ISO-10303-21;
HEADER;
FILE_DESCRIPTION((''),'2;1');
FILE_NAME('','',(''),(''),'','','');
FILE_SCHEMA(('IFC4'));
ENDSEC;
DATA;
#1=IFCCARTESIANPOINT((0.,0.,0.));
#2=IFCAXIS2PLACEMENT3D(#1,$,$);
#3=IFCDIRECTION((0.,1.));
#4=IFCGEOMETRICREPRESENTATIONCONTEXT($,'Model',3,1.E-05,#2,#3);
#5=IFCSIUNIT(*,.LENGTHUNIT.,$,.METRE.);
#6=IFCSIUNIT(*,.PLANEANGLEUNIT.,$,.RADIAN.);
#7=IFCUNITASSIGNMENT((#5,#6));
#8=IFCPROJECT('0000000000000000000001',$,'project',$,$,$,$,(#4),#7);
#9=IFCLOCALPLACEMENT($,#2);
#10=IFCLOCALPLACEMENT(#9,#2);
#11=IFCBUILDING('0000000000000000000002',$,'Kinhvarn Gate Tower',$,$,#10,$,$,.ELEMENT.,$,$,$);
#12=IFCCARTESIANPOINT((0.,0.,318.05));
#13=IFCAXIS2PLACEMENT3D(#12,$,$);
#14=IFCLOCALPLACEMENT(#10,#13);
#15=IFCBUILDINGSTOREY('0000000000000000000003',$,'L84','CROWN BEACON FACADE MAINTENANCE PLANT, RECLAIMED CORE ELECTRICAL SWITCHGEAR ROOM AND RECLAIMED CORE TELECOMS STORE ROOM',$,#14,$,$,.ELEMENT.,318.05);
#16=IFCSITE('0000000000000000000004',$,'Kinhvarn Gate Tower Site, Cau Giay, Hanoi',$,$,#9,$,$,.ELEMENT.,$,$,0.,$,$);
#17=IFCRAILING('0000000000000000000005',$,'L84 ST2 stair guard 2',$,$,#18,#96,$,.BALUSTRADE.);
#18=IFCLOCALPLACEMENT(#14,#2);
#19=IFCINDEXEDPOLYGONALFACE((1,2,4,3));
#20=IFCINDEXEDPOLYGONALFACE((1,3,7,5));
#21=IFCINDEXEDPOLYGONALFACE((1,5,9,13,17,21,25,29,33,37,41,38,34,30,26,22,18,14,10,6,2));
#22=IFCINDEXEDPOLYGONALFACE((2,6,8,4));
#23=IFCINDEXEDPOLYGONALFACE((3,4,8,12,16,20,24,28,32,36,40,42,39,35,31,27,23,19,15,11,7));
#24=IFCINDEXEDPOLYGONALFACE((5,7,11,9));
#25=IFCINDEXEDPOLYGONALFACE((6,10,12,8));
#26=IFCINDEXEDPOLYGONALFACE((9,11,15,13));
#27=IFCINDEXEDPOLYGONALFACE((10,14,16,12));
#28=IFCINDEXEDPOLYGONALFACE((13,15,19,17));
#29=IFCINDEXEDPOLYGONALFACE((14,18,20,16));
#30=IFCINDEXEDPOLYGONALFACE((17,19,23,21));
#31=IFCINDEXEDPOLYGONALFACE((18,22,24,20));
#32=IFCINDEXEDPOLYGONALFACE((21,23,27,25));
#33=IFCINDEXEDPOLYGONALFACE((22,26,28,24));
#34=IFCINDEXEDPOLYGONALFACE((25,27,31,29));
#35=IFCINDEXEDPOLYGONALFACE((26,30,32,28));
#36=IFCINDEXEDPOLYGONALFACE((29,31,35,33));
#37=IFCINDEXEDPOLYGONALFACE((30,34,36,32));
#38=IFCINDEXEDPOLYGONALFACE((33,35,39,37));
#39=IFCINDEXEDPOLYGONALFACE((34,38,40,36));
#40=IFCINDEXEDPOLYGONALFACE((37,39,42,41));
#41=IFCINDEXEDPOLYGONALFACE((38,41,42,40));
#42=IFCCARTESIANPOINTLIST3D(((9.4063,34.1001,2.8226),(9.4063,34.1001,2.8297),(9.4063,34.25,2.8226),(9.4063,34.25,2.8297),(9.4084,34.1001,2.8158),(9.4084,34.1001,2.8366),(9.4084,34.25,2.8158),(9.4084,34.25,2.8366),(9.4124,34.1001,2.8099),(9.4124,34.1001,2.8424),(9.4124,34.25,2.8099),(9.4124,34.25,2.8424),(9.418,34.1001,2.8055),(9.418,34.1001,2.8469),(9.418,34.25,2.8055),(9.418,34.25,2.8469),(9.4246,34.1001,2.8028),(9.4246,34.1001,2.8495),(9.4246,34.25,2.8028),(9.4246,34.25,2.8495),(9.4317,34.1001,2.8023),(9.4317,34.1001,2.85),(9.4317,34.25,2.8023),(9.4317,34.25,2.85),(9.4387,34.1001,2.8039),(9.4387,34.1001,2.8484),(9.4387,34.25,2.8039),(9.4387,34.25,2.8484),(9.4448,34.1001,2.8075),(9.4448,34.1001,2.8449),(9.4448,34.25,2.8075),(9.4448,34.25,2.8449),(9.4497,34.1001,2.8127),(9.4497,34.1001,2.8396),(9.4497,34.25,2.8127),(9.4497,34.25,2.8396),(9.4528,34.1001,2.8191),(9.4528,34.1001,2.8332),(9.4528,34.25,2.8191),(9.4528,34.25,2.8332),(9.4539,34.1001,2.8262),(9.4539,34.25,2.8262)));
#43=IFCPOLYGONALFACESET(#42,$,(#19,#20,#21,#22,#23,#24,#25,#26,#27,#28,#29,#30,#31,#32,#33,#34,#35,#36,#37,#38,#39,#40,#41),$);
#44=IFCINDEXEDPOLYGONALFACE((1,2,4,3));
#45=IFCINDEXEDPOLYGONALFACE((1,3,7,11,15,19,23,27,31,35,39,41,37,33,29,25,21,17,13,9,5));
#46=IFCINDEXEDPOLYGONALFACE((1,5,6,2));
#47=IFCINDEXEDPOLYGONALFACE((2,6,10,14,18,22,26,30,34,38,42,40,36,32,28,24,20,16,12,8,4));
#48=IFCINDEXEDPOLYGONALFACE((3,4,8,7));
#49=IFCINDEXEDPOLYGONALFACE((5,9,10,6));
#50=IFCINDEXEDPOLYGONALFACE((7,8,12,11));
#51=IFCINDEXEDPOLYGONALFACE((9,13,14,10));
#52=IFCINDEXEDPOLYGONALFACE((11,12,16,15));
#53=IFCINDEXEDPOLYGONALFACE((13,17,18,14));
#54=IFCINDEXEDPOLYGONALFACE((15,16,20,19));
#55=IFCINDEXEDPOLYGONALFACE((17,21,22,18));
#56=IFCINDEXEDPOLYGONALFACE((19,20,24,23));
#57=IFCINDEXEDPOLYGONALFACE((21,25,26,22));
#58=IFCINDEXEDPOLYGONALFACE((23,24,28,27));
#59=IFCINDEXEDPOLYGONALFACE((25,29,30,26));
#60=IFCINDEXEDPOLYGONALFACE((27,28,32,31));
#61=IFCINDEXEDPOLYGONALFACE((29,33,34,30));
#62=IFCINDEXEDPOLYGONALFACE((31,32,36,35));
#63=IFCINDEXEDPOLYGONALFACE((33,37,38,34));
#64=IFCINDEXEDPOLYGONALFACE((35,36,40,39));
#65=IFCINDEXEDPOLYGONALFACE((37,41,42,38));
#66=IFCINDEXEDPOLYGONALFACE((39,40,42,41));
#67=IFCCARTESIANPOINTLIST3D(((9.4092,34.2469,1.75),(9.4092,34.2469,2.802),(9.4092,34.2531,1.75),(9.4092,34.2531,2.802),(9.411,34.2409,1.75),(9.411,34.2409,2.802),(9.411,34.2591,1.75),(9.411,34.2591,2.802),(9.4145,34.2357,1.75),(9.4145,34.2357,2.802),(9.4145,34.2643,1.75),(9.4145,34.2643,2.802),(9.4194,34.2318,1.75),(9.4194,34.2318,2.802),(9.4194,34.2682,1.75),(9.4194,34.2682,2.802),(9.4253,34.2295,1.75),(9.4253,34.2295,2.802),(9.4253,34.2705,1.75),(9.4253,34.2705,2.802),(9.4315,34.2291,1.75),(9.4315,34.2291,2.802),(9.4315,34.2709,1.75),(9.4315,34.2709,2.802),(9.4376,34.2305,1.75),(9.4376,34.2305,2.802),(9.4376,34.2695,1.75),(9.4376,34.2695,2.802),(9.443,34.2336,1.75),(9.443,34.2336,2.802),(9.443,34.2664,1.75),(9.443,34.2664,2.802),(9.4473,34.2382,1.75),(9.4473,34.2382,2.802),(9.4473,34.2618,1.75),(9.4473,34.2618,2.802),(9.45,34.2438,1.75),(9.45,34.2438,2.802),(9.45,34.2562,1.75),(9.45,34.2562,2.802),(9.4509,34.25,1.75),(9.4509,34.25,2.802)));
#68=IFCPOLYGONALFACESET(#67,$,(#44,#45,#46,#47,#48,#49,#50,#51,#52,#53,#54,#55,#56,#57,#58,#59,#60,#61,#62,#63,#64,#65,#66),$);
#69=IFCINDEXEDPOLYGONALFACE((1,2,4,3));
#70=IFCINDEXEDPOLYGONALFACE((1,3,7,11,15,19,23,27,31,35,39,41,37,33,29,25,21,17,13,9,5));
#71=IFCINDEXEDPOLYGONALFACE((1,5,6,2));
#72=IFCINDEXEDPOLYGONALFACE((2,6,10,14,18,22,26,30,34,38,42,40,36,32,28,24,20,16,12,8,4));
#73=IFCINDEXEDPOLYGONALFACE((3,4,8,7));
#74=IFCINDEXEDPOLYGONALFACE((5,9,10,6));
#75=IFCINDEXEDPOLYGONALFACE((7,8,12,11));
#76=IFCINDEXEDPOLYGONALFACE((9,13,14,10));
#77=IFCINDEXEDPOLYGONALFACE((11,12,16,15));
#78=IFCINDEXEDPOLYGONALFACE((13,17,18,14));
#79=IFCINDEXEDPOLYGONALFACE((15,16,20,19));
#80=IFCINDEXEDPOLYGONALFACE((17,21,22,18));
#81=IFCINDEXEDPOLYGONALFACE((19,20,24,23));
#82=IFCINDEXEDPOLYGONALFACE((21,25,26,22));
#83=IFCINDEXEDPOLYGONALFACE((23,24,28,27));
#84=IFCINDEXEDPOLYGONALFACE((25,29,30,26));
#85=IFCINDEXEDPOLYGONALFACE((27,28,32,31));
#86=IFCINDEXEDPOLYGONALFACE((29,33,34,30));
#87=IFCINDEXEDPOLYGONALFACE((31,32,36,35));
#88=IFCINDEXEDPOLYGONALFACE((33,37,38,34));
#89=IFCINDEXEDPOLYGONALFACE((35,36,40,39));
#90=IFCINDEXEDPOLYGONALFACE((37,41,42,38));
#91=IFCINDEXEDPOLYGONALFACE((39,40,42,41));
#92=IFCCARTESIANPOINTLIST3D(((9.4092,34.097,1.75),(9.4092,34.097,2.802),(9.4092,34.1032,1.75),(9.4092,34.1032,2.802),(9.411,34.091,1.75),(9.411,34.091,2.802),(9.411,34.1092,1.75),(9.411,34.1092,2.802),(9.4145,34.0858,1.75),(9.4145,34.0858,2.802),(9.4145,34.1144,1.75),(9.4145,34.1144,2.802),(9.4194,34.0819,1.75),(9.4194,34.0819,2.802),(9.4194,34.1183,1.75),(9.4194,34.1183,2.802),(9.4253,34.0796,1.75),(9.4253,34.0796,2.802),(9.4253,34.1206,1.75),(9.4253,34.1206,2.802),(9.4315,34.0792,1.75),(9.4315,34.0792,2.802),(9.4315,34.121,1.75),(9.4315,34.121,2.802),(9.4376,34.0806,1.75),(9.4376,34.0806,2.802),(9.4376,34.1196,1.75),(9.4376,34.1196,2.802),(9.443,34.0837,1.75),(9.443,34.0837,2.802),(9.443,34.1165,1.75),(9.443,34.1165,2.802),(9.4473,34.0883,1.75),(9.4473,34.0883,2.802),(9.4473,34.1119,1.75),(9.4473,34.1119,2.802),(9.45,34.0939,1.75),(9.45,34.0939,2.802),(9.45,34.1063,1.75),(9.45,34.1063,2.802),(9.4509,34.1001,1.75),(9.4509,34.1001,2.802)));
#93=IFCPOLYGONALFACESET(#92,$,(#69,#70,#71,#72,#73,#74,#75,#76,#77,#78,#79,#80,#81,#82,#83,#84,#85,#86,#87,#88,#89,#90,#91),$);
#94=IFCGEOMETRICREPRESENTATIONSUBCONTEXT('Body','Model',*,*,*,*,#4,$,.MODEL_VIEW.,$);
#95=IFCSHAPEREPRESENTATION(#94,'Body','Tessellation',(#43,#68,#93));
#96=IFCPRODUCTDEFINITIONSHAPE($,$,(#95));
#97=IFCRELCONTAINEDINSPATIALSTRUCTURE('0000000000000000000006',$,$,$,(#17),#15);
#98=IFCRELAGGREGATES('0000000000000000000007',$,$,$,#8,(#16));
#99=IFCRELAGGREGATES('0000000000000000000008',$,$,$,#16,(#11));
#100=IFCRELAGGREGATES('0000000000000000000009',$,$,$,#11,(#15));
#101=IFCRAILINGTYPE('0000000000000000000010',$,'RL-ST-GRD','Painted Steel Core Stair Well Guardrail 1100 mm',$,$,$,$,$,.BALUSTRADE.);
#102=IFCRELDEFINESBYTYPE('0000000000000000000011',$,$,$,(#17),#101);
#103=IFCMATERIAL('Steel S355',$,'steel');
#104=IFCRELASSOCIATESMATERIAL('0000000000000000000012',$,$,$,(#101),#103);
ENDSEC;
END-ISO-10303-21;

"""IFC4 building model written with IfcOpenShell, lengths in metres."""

from ifc_helpers import new_model, si_unit, direction, frame, origin, origin_2d, place, context, subcontext, project, spatial, circle, extrude, material, type_object, element, save


model = new_model("IFC4")

# Units and contexts
model_context = context("Model", 3, precision=1e-05, world=origin(), true_north=direction((0.0, 1.0)))
body_context = subcontext(model_context, "Body", "Model", "MODEL_VIEW")
ifc_project = project(units=[si_unit("LENGTHUNIT", "METRE"), si_unit("PLANEANGLEUNIT", "RADIAN")], contexts=[model_context])

# Site, building, storey
site_placement = place(None, origin())
site = spatial("IfcSite", under=ifc_project, at=site_placement, Name="Kinhvarn Gate Tower Site, Cau Giay, Hanoi", CompositionType="ELEMENT", RefElevation=0.0)
building_placement = place(site_placement, origin())
building = spatial("IfcBuilding", under=site, at=building_placement, Name="Kinhvarn Gate Tower", CompositionType="ELEMENT")
storey_placement = place(building_placement, frame((0.0, 0.0, 318.05)))
storey = spatial("IfcBuildingStorey", under=building, at=storey_placement, Name="L84", Description="CROWN BEACON FACADE MAINTENANCE PLANT, RECLAIMED CORE ELECTRICAL SWITCHGEAR ROOM AND RECLAIMED CORE TELECOMS STORE ROOM", CompositionType="ELEMENT", Elevation=318.05)

# Railing
ifc_material_1 = material(Name="Steel S355", Category="steel")
railing_type_1 = type_object("IfcRailingType", Name="RL-ST-GRD", Description="Painted Steel Core Stair Well Guardrail 1100 mm", PredefinedType="BALUSTRADE", material=ifc_material_1)
railing_1_placement = place(storey_placement, frame((9.4299, 34.25, 1.75)))
element("IfcRailing", 1, at=railing_1_placement, inside=storey, type_object=railing_type_1, Name="L84 ST2 stair guard 2", PredefinedType="BALUSTRADE", context=body_context, shape_type="SweptSolid", body=[
    extrude(circle(Radius=0.0239, at=origin_2d()), frame((0.0, 0.0, 1.0762), z_axis=(0.0, -1.0, 0.0), x_axis=(1.0, 0.0, 0.0)), (0.0, 0.0, 1.0), 0.1499),
    extrude(circle(Radius=0.021, at=origin_2d()), origin(), (0.0, 0.0, 1.0), 1.052),
    extrude(circle(Radius=0.021, at=origin_2d()), frame((0.0, -0.1499, 0.0)), (0.0, 0.0, 1.0), 1.052),
])

save(model, "model.ifc")
